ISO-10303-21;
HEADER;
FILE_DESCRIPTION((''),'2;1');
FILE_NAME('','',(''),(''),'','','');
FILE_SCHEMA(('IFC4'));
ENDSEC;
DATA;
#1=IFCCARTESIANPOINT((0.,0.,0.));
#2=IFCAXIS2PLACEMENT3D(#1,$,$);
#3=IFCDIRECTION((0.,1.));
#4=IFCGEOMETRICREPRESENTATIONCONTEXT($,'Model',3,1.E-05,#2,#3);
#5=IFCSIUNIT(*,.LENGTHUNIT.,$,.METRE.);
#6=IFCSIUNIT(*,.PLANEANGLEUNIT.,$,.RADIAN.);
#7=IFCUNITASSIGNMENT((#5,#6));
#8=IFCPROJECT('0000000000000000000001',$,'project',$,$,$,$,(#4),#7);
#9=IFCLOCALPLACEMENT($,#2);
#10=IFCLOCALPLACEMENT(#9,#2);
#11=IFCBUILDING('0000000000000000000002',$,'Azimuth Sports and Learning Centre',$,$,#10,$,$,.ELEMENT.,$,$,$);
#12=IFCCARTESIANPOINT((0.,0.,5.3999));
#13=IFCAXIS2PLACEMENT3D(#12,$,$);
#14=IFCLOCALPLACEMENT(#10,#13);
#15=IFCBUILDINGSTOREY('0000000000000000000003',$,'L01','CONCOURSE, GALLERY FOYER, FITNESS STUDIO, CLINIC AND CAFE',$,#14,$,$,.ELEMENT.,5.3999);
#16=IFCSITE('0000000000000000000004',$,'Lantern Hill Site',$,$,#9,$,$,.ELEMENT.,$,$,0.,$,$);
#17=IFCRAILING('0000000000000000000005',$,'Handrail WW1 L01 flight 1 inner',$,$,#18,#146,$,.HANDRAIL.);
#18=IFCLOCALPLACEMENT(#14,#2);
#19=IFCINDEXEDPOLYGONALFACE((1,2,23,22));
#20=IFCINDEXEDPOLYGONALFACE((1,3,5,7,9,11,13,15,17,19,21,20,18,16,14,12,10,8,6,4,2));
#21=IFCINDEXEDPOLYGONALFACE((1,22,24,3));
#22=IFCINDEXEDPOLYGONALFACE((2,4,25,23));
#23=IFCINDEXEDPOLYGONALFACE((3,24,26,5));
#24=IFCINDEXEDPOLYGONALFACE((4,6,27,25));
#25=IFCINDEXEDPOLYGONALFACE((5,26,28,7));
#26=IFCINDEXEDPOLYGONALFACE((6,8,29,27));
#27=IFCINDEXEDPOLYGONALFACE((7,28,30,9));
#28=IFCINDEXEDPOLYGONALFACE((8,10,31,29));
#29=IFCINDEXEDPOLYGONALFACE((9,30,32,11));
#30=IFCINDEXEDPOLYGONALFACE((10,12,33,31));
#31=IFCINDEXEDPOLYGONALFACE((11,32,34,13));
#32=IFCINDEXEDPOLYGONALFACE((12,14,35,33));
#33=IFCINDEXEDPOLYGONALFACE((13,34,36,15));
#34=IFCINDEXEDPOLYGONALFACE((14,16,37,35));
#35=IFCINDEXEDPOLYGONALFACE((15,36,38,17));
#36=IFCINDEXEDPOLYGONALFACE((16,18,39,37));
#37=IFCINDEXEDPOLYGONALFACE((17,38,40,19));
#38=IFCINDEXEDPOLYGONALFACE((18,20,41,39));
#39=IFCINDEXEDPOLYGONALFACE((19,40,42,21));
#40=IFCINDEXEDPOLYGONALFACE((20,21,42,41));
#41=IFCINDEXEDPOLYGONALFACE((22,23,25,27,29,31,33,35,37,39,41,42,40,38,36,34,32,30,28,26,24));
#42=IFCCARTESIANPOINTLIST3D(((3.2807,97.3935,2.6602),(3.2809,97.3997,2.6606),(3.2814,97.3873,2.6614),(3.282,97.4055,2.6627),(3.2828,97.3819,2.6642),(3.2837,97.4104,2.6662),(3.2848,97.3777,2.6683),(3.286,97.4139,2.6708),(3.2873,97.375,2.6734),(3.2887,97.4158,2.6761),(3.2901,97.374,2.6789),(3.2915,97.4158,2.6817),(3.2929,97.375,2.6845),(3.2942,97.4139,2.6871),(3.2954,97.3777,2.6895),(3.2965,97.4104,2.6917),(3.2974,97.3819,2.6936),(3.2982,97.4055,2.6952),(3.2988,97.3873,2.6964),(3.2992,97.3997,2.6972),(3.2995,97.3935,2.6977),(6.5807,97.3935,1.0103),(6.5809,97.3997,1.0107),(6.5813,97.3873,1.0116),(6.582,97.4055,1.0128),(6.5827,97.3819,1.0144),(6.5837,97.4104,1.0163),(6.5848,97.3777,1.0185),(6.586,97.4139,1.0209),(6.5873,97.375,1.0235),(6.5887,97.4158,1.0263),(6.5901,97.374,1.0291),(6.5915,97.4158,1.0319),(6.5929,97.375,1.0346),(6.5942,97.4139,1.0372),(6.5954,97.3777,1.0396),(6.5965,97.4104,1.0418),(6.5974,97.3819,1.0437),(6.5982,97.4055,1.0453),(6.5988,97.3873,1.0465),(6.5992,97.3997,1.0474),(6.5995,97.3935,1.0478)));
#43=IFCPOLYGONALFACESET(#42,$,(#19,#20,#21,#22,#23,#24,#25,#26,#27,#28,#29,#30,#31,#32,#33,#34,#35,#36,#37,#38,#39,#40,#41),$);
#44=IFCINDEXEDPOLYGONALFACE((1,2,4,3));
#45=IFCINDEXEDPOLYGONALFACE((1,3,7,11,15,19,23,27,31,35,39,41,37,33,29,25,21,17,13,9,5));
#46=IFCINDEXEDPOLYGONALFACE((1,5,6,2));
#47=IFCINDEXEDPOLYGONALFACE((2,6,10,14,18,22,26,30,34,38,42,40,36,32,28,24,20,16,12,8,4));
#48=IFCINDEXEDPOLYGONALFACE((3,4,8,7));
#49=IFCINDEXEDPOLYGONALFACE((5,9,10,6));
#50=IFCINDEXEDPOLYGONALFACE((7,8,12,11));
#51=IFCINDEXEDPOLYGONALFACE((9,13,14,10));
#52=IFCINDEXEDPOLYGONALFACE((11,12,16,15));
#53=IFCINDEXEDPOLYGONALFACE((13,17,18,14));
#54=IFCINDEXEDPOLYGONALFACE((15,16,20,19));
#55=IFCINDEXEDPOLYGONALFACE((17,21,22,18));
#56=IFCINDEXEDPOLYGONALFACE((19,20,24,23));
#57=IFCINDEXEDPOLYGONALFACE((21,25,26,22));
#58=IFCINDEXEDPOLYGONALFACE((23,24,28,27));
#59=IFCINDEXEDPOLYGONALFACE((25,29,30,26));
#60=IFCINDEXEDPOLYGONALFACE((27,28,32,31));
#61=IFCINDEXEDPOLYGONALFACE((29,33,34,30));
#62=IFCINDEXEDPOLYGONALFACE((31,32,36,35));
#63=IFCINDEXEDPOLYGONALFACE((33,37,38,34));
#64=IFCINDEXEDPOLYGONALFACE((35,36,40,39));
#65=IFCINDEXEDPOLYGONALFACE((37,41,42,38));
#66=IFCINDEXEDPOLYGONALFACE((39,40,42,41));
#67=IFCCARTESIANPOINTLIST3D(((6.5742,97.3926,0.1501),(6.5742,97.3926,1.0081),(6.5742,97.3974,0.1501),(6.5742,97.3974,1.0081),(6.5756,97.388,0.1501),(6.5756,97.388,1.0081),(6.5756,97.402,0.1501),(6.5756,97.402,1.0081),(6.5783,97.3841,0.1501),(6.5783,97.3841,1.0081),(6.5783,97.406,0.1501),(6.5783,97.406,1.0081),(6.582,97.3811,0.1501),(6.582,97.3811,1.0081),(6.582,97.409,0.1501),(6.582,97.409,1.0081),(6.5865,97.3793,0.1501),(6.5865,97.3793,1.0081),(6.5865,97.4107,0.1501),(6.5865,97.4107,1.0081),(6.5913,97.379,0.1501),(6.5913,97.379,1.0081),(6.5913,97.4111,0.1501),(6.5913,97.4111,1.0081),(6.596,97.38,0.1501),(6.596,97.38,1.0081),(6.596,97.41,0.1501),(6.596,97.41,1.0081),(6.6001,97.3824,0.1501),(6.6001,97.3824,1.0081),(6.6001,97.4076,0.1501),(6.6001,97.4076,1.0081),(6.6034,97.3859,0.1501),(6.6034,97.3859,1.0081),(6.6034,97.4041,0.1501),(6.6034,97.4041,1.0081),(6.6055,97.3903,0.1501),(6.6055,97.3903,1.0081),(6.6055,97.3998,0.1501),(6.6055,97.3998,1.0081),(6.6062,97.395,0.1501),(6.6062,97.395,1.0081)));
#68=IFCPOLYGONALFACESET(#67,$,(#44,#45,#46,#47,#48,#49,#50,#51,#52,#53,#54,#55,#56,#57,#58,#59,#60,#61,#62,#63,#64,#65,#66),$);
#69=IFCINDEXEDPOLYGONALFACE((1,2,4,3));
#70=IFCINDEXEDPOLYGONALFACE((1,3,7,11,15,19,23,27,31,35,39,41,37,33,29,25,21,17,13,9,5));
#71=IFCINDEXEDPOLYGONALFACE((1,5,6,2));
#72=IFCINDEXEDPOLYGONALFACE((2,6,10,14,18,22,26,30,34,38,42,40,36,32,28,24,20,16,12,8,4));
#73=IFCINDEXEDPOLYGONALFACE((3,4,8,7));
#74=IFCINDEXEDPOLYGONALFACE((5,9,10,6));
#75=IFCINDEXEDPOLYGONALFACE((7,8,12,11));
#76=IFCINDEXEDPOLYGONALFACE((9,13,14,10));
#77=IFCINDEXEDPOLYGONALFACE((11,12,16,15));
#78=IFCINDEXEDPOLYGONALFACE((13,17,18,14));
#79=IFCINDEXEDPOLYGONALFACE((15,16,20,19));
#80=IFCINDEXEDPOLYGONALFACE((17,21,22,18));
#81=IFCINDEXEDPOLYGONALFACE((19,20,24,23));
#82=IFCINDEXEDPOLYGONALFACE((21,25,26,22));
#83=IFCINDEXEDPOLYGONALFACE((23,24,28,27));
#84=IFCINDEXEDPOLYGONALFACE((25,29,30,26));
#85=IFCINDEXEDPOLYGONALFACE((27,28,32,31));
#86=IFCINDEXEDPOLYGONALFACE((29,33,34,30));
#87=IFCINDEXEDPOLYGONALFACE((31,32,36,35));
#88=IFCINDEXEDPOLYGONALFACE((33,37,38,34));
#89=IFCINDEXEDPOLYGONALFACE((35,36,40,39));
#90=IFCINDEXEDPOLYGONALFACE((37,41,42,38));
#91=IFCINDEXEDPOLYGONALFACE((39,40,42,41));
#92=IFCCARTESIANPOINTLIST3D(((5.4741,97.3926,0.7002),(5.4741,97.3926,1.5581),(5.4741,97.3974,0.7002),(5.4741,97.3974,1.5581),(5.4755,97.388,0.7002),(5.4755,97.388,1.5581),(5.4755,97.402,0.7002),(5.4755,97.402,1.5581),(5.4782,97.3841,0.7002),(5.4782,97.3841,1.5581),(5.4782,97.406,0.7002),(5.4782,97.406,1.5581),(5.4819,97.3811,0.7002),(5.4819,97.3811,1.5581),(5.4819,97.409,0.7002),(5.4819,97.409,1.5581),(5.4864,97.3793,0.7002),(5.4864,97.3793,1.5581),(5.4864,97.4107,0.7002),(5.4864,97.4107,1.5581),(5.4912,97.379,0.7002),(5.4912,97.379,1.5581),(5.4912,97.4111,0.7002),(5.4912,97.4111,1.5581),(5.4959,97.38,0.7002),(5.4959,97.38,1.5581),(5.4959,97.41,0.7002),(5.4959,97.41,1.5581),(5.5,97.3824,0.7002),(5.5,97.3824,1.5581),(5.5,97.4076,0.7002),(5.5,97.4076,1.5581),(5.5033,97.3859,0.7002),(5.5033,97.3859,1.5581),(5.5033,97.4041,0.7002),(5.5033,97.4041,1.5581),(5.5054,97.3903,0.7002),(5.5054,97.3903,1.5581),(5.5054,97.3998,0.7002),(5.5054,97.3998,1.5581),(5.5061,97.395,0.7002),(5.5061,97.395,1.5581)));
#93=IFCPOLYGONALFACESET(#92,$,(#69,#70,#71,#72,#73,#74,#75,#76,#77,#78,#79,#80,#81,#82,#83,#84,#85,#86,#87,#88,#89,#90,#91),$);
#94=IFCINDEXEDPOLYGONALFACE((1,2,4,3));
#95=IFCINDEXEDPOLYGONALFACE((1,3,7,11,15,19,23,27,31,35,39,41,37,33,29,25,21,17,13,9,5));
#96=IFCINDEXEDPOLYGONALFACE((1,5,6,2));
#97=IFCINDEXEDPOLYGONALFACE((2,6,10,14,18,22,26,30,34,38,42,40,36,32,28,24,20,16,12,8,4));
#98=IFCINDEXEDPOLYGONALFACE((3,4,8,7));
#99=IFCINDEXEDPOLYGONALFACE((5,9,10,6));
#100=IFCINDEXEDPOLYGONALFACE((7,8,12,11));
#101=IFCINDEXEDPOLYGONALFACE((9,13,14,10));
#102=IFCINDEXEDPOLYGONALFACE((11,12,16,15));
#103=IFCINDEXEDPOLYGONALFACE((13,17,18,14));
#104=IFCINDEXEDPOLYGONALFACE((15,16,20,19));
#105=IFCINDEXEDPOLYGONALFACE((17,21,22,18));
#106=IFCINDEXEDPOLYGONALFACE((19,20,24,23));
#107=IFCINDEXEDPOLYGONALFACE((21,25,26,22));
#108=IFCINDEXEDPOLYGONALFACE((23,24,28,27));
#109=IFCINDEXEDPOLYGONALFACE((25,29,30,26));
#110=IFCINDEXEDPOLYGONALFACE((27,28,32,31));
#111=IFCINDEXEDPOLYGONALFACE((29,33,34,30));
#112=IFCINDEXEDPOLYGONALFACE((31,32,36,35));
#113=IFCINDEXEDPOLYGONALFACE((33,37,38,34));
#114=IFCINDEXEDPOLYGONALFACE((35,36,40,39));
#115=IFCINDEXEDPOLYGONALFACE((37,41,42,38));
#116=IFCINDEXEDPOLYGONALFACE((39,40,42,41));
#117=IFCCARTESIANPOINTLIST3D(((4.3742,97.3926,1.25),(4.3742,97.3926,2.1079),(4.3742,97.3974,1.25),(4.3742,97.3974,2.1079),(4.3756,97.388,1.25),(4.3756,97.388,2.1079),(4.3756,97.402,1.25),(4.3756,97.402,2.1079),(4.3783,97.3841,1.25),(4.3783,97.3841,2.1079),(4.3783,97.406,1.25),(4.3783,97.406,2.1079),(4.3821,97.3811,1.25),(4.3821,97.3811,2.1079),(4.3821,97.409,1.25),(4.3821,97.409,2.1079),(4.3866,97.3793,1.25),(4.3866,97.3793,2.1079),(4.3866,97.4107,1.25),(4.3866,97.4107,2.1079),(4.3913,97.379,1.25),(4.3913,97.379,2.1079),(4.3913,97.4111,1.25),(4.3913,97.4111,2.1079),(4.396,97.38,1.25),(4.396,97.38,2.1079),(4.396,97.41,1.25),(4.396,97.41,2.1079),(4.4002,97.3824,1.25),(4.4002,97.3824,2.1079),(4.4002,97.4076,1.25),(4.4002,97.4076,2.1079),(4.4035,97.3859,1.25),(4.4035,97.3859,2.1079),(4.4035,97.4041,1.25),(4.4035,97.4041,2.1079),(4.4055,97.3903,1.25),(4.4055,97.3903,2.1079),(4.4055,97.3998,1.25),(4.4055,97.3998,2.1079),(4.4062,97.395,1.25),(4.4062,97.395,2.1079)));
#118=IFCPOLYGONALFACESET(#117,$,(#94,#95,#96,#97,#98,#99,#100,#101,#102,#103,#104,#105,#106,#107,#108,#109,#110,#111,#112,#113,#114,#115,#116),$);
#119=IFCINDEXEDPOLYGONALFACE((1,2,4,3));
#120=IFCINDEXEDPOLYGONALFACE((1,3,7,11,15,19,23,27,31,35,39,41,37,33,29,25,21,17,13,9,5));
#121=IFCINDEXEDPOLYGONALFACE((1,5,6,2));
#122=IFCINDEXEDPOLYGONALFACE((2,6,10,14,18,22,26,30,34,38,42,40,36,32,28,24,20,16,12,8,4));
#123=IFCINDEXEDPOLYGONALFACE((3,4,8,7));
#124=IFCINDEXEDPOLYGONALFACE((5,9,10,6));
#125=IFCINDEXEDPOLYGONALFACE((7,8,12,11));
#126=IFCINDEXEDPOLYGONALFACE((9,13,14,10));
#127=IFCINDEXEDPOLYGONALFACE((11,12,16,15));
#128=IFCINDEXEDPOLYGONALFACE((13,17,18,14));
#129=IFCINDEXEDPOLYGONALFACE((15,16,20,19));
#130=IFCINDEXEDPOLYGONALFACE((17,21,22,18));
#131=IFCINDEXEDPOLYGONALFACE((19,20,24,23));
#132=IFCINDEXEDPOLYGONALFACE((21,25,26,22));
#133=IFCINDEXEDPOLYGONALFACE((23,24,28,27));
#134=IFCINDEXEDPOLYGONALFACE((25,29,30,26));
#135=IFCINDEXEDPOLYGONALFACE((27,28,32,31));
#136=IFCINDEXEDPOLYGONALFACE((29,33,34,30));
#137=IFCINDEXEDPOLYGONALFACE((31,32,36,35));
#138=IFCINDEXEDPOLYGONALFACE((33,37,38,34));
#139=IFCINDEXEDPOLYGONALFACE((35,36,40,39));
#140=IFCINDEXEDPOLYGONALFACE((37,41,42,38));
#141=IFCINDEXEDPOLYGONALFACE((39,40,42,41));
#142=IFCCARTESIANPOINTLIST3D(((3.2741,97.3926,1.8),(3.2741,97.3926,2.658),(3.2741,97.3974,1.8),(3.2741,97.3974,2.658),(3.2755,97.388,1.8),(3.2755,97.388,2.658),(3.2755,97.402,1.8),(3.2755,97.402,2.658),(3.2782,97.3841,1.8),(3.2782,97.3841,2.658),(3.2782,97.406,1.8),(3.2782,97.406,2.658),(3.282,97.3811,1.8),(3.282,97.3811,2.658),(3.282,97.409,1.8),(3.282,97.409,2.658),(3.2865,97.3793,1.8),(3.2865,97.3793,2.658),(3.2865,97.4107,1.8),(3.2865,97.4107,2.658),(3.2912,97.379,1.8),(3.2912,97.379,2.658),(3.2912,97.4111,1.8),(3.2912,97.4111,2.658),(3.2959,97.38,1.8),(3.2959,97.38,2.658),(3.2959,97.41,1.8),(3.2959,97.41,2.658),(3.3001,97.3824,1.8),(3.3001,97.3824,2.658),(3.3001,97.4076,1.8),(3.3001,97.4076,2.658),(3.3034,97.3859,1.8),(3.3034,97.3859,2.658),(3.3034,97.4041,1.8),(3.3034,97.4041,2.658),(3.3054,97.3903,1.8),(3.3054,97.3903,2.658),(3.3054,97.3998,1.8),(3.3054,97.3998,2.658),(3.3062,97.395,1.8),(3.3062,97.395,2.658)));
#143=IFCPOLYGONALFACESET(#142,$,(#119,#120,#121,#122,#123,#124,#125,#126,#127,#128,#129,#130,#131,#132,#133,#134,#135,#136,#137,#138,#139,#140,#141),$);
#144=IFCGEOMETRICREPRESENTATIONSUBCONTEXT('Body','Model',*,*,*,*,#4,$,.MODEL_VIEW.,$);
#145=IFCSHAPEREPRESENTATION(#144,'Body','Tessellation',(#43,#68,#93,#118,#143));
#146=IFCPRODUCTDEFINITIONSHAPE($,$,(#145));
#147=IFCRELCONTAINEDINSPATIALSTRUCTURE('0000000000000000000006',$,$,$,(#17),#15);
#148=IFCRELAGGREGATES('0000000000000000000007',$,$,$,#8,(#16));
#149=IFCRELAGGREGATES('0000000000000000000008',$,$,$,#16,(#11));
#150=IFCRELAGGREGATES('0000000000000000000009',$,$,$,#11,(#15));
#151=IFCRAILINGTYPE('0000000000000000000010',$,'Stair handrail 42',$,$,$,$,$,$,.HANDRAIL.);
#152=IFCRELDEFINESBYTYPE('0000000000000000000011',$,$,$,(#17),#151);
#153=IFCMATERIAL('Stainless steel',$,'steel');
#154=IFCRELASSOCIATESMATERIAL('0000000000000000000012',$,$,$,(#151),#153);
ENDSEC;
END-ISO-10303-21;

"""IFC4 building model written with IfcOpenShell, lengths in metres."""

from ifc_helpers import new_model, si_unit, direction, frame, origin, origin_2d, place, context, subcontext, project, spatial, circle, extrude, material, type_object, element, save


model = new_model("IFC4")

# Units and contexts
model_context = context("Model", 3, precision=1e-05, world=origin(), true_north=direction((0.0, 1.0)))
body_context = subcontext(model_context, "Body", "Model", "MODEL_VIEW")
ifc_project = project(units=[si_unit("LENGTHUNIT", "METRE"), si_unit("PLANEANGLEUNIT", "RADIAN")], contexts=[model_context])

# Site, building, storey
site_placement = place(None, origin())
site = spatial("IfcSite", under=ifc_project, at=site_placement, Name="Lantern Hill Site", CompositionType="ELEMENT", RefElevation=0.0)
building_placement = place(site_placement, origin())
building = spatial("IfcBuilding", under=site, at=building_placement, Name="Azimuth Sports and Learning Centre", CompositionType="ELEMENT")
storey_placement = place(building_placement, frame((0.0, 0.0, 5.3999)))
storey = spatial("IfcBuildingStorey", under=building, at=storey_placement, Name="L01", Description="CONCOURSE, GALLERY FOYER, FITNESS STUDIO, CLINIC AND CAFE", CompositionType="ELEMENT", Elevation=5.3999)

# Railing
ifc_material_1 = material(Name="Stainless steel", Category="steel")
railing_type = type_object("IfcRailingType", Name="Stair handrail 42", PredefinedType="HANDRAIL", material=ifc_material_1)
for number, where, name in (
    (1, (6.5901, 97.395, 0.1501), "Handrail WW1 L01 flight 1 inner"),
):
    element("IfcRailing", number, at=place(storey_placement, frame(where)), inside=storey, type_object=railing_type, Name=name, PredefinedType="HANDRAIL", context=body_context, shape_type="SweptSolid", body=[
        extrude(circle(Radius=0.021, at=origin_2d()), frame((0.0, 0.0, 0.8789), z_axis=(-0.89444, 0.0, 0.447187), x_axis=(0.0, -1.0, 0.0)), (0.0, 0.0, 1.0), 3.6895),
        extrude(circle(Radius=0.0161, at=origin_2d()), origin(), (0.0, 0.0, 1.0), 0.8579),
        extrude(circle(Radius=0.0161, at=origin_2d()), frame((-1.1001, 0.0, 0.55)), (0.0, 0.0, 1.0), 0.8579),
        extrude(circle(Radius=0.0161, at=origin_2d()), frame((-2.2, 0.0, 1.0999)), (0.0, 0.0, 1.0), 0.8579),
        extrude(circle(Radius=0.0161, at=origin_2d()), frame((-3.3, 0.0, 1.6499)), (0.0, 0.0, 1.0), 0.8579),
    ])

save(model, "model.ifc")
